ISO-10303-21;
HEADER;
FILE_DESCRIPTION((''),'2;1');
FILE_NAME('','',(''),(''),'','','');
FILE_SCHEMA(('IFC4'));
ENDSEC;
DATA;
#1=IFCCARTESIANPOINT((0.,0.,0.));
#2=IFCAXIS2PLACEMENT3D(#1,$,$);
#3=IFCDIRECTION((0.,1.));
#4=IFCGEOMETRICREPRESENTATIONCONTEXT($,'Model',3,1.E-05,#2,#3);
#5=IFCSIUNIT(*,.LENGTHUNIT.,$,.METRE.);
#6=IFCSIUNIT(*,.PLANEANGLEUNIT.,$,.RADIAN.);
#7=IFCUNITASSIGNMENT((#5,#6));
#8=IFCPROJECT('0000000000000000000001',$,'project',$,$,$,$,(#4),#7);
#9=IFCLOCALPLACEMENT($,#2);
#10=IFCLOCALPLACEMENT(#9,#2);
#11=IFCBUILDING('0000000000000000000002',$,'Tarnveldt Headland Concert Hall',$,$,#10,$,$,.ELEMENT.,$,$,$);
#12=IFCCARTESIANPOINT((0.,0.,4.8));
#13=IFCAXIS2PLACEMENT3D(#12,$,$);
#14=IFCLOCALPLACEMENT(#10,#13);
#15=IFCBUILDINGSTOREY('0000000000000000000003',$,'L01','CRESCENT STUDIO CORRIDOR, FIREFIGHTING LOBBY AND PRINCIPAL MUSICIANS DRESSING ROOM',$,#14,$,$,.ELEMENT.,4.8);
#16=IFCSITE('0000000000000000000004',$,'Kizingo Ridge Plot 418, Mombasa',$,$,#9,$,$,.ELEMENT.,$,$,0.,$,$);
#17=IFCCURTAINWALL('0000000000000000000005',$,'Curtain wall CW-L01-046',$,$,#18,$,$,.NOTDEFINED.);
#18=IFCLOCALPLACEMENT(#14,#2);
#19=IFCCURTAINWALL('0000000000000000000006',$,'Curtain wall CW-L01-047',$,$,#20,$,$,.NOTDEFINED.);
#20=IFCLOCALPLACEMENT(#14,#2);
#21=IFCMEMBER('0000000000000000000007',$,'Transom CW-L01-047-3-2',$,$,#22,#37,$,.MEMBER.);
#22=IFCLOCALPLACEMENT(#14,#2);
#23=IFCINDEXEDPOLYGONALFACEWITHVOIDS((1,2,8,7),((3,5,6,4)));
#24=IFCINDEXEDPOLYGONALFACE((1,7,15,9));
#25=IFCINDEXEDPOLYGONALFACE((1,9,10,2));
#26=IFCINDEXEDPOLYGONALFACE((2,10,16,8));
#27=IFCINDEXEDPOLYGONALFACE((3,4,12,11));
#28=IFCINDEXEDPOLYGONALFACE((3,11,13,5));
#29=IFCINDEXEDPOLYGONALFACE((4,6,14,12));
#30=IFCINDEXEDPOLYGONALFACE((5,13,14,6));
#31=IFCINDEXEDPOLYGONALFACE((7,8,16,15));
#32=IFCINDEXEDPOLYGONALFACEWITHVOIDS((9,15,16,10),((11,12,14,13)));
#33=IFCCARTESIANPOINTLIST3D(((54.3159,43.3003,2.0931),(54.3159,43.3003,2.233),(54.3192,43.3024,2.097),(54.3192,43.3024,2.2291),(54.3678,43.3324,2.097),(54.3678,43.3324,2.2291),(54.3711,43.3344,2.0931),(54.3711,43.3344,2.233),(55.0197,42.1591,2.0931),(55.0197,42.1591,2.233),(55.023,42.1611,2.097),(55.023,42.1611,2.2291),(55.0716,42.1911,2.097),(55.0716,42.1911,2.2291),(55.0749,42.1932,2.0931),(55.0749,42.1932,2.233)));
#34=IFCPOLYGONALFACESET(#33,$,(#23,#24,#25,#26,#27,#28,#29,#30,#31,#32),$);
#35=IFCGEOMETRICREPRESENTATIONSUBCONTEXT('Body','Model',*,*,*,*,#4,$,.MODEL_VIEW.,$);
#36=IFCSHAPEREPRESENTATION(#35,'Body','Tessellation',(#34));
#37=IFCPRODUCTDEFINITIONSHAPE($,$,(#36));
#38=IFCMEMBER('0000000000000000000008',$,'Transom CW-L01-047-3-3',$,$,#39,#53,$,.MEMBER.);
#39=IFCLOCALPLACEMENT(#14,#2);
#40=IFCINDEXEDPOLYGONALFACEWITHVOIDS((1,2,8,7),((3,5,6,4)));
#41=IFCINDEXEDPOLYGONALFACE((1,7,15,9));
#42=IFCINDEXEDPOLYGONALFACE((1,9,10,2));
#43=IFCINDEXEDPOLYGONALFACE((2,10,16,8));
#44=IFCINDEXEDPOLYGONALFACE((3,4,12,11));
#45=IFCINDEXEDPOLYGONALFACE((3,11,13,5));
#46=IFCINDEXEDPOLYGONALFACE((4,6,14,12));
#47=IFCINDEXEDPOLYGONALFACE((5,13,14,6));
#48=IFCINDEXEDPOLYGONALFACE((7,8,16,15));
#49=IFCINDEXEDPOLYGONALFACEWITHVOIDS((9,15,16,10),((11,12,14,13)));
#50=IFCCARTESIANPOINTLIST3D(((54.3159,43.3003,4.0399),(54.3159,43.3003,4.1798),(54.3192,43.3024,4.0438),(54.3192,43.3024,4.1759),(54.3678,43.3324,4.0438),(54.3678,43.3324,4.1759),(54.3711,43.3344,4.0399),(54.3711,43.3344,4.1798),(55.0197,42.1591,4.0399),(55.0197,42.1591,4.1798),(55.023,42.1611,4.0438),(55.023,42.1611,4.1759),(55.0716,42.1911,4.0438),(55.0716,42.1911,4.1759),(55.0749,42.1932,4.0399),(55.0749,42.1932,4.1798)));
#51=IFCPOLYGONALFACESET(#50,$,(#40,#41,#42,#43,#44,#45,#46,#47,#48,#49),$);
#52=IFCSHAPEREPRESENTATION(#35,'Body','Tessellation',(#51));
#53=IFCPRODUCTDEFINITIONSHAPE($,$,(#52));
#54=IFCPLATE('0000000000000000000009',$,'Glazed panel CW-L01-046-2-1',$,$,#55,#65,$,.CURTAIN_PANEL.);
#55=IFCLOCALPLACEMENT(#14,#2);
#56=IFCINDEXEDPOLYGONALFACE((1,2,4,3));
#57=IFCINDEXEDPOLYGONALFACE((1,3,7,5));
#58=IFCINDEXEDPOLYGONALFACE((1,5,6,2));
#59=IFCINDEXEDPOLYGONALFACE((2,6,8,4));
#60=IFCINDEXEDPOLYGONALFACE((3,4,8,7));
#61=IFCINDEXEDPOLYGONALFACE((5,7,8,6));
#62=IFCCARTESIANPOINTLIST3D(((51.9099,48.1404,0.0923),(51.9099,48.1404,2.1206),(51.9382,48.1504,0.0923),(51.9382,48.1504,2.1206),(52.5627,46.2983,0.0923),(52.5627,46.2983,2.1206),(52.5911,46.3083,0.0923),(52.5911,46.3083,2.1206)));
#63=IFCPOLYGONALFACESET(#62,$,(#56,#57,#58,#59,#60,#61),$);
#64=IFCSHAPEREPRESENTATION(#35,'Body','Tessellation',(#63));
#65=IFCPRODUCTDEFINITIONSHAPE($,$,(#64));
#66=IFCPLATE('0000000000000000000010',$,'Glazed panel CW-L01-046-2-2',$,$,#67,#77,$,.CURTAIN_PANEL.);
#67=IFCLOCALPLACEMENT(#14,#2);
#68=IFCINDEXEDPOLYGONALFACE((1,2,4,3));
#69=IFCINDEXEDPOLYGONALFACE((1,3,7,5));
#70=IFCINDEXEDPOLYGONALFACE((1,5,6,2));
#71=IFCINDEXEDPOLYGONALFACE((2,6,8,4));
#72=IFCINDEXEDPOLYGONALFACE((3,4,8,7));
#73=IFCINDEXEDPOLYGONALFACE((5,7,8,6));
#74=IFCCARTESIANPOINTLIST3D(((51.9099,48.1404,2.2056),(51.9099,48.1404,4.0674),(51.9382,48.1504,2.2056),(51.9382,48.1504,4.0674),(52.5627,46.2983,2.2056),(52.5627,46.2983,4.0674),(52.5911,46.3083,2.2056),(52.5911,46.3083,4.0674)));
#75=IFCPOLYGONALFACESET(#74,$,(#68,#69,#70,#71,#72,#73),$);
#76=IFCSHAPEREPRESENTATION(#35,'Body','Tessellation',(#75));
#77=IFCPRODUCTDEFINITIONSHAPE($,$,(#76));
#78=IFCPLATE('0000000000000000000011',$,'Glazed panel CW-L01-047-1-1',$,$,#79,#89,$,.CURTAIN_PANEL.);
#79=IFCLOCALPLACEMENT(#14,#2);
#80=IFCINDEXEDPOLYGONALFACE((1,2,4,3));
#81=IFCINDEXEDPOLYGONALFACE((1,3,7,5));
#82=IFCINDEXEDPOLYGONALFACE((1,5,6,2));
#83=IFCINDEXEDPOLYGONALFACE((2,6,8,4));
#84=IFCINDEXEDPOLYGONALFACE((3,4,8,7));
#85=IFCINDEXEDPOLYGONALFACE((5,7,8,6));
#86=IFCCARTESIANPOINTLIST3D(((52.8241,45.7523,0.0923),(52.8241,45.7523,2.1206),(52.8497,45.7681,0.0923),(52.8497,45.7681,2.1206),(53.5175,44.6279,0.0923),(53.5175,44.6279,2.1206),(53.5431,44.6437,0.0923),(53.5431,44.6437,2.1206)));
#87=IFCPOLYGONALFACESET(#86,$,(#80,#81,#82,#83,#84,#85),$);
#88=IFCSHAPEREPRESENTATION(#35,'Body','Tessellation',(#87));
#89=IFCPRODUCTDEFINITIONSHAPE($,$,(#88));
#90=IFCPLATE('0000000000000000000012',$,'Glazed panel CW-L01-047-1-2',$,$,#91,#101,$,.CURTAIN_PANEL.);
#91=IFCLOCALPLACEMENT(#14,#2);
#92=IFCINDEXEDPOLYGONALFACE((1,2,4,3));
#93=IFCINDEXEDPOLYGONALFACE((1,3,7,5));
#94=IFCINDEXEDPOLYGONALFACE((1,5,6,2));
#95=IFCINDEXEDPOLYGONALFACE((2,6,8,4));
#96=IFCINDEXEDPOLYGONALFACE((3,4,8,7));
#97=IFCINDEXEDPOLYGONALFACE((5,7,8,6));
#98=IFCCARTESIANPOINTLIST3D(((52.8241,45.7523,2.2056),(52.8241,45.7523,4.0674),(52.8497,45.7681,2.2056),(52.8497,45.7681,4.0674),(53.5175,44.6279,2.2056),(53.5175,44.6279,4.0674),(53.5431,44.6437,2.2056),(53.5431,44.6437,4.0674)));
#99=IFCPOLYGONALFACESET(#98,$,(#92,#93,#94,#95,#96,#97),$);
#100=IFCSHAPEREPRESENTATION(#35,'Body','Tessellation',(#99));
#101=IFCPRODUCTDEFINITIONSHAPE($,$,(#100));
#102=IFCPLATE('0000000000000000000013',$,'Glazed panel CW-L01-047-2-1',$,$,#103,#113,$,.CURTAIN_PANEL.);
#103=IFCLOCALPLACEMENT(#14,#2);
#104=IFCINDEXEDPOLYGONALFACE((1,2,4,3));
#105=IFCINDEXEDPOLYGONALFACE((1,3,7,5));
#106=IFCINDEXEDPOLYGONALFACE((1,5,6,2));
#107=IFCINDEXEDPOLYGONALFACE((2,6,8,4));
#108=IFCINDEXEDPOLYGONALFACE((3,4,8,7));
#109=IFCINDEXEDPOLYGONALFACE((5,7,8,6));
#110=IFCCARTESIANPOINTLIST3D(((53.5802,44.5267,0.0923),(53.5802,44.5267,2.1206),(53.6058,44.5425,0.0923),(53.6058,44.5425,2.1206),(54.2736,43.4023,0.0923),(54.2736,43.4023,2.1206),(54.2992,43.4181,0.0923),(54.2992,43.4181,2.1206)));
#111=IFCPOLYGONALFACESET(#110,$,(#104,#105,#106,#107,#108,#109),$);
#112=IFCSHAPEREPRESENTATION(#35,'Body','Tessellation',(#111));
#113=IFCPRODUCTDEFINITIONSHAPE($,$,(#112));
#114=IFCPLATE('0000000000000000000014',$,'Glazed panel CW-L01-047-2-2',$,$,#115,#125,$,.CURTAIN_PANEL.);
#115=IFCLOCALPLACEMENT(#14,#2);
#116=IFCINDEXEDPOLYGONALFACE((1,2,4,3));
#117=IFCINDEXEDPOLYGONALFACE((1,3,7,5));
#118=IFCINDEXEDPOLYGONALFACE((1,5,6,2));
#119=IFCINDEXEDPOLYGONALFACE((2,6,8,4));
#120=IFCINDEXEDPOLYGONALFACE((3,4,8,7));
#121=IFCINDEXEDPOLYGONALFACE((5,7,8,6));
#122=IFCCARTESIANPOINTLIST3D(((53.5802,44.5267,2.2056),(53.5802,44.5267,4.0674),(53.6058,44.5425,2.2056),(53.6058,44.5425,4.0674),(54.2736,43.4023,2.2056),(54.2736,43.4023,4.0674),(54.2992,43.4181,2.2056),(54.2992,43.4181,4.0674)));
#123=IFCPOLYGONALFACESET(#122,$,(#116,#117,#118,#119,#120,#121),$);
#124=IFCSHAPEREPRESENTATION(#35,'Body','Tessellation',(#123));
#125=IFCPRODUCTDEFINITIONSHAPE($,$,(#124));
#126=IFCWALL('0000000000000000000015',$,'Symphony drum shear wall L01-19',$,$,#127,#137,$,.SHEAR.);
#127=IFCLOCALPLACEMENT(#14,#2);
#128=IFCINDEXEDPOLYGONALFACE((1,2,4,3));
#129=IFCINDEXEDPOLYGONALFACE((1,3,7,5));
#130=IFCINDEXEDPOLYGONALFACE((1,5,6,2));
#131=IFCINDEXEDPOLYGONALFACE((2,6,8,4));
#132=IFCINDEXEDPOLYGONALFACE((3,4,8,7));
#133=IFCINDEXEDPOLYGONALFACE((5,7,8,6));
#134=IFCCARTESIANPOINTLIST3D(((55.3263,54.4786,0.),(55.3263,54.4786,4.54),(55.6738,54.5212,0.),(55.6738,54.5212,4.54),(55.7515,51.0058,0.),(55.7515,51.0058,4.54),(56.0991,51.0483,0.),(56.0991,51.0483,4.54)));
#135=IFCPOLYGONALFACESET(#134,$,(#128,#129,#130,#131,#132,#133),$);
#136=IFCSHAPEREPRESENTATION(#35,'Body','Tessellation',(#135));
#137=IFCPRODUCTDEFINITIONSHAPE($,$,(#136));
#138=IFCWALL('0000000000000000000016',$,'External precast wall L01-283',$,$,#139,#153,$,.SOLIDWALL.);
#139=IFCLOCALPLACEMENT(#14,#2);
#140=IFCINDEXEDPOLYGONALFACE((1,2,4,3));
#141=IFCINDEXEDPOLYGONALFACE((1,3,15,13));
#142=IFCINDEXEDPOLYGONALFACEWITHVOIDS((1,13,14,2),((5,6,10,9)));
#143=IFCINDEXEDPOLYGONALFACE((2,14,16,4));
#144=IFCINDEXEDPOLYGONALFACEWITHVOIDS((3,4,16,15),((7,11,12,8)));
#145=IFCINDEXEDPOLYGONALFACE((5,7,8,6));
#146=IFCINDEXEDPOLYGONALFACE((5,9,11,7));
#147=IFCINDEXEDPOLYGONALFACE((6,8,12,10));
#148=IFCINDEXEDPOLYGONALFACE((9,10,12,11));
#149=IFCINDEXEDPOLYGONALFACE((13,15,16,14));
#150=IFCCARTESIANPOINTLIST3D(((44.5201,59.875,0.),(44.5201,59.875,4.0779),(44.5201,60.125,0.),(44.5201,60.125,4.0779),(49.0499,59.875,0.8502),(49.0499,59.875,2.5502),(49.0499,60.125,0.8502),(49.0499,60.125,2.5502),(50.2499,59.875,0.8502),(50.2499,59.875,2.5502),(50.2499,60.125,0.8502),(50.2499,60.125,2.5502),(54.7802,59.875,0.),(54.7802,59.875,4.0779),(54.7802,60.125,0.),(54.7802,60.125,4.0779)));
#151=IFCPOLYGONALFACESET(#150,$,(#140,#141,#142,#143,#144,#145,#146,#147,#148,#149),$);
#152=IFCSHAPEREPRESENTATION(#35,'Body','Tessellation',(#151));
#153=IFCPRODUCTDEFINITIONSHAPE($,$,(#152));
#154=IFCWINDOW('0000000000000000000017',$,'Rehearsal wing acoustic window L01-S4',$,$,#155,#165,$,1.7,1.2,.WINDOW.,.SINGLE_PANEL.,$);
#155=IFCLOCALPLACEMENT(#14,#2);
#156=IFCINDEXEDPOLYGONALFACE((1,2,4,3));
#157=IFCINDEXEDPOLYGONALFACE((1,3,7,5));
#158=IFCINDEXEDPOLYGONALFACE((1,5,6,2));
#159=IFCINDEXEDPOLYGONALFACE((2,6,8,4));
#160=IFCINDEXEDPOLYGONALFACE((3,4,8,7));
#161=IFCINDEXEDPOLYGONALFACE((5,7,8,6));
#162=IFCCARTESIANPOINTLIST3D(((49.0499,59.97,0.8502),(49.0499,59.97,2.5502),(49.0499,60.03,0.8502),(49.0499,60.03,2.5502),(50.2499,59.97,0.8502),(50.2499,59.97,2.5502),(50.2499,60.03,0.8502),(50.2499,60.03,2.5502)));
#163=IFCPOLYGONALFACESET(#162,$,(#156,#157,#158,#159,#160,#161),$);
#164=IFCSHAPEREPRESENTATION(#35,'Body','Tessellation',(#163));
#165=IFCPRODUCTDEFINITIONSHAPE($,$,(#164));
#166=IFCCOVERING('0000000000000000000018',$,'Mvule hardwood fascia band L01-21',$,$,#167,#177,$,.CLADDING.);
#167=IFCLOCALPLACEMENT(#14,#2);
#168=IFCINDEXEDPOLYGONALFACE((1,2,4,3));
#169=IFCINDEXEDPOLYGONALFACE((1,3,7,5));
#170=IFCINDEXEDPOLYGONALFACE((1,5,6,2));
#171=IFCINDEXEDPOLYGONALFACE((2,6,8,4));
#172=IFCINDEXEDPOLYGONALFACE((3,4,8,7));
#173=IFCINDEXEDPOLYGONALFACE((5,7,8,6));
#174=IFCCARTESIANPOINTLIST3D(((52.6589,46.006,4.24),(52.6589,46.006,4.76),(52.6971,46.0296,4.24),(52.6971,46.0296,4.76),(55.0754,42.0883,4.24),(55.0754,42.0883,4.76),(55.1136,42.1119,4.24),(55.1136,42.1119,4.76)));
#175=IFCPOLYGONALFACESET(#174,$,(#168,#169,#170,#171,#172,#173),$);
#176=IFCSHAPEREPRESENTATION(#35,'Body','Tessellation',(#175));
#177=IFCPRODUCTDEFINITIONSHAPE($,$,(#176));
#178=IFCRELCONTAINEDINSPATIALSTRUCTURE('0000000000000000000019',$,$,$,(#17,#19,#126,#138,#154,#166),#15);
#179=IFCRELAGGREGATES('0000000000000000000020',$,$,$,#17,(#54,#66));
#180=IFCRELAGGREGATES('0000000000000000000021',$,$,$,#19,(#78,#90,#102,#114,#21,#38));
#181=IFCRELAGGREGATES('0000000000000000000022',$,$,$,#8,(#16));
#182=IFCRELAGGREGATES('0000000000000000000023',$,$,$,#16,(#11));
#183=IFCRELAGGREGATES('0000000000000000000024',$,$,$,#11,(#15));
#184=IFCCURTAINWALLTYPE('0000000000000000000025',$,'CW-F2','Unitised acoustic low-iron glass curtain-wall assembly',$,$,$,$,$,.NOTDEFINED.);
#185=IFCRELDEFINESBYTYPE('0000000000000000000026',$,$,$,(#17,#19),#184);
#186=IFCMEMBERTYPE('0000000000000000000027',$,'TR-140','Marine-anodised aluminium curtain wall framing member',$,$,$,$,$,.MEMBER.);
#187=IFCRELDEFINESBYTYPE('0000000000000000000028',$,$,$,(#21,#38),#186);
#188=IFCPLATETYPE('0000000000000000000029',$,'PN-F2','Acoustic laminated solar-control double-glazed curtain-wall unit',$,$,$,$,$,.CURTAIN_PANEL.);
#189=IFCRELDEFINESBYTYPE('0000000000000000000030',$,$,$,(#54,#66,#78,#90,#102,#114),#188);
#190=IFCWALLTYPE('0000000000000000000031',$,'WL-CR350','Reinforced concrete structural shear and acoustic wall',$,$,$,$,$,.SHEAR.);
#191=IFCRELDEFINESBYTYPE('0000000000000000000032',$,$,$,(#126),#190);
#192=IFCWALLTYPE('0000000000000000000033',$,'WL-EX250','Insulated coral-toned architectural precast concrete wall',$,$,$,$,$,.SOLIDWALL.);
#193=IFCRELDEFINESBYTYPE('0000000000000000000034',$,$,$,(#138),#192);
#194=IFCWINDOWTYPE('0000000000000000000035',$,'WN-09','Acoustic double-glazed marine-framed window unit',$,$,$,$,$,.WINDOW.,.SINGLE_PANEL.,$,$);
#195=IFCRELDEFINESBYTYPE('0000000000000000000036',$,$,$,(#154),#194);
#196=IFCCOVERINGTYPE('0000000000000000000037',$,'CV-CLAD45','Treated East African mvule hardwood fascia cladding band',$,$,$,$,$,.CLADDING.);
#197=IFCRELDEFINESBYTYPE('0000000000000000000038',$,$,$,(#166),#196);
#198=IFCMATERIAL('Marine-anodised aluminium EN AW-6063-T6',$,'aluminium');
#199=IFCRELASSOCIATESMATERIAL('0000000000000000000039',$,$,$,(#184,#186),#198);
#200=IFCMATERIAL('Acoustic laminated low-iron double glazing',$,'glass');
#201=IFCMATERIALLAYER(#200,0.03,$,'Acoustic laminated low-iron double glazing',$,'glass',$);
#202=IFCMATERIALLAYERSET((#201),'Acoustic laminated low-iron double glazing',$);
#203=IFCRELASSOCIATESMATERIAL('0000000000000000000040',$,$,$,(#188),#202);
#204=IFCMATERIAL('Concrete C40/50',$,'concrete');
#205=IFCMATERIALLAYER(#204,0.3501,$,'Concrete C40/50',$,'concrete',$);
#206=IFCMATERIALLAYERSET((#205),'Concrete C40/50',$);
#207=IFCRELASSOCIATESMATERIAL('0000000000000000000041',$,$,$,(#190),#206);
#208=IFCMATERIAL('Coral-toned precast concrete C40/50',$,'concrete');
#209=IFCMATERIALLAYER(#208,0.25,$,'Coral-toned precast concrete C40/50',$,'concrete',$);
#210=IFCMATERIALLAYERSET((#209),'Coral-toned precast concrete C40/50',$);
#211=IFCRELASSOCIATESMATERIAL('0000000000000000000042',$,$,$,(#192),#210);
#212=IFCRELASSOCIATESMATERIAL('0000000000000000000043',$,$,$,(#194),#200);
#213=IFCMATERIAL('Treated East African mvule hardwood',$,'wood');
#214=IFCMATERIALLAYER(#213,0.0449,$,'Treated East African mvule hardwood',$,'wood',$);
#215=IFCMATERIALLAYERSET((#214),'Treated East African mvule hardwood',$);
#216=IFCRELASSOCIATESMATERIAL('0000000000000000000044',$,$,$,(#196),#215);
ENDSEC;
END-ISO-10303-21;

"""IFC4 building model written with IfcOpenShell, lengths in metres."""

from ifc_helpers import new_model, si_unit, direction, frame, frame_2d, origin, origin_2d, place, context, subcontext, project, spatial, rectangle, hollow_rectangle, extrude, material, layer, layer_set, material_profile, profile_set, type_object, element, fill, aggregate, save


model = new_model("IFC4")

# Units and contexts
model_context = context("Model", 3, precision=1e-05, world=origin(), true_north=direction((0.0, 1.0)))
body_context = subcontext(model_context, "Body", "Model", "MODEL_VIEW")
ifc_project = project(units=[si_unit("LENGTHUNIT", "METRE"), si_unit("PLANEANGLEUNIT", "RADIAN")], contexts=[model_context])

# Site, building, storey
site_placement = place(None, origin())
site = spatial("IfcSite", under=ifc_project, at=site_placement, Name="Kizingo Ridge Plot 418, Mombasa", CompositionType="ELEMENT", RefElevation=0.0)
building_placement = place(site_placement, origin())
building = spatial("IfcBuilding", under=site, at=building_placement, Name="Tarnveldt Headland Concert Hall", CompositionType="ELEMENT")
storey_placement = place(building_placement, frame((0.0, 0.0, 4.8)))
storey = spatial("IfcBuildingStorey", under=building, at=storey_placement, Name="L01", Description="CRESCENT STUDIO CORRIDOR, FIREFIGHTING LOBBY AND PRINCIPAL MUSICIANS DRESSING ROOM", CompositionType="ELEMENT", Elevation=4.8)

# Shared definitions
ifc_material_1 = material(Name="Concrete C40/50", Category="concrete")

# Curtain walls
ifc_material_2 = material(Name="Marine-anodised aluminium EN AW-6063-T6", Category="aluminium")
curtain_wall_type = type_object("IfcCurtainWallType", Name="CW-F2", Description="Unitised acoustic low-iron glass curtain-wall assembly", PredefinedType="NOTDEFINED", material=ifc_material_2)
curtain_wall_1_placement = place(storey_placement, origin())
curtain_wall_1 = element("IfcCurtainWall", 1, at=curtain_wall_1_placement, inside=storey, type_object=curtain_wall_type, Name="Curtain wall CW-L01-046", PredefinedType="NOTDEFINED")
curtain_wall_2_placement = place(storey_placement, origin())
curtain_wall_2 = element("IfcCurtainWall", 2, at=curtain_wall_2_placement, inside=storey, type_object=curtain_wall_type, Name="Curtain wall CW-L01-047", PredefinedType="NOTDEFINED")

# Shared definitions
ifc_material_profile_1 = material_profile(ifc_material_2, hollow_rectangle(XDim=0.0649, YDim=0.1399, WallThickness=0.0039, at=origin_2d()), Name="ALU TRANSOM 65x140x4", Category="aluminium")
ifc_profile_set_1 = profile_set([ifc_material_profile_1], Name="Marine-anodised aluminium EN AW-6063-T6")
member_type_1 = type_object("IfcMemberType", Name="TR-140", Description="Marine-anodised aluminium curtain wall framing member", PredefinedType="MEMBER", material=ifc_profile_set_1)

# Members
member_1_placement = place(storey_placement, frame((54.3435, 43.3174, 2.1631), z_axis=(0.5249, -0.851164, 0.0), x_axis=(0.851164, 0.5249, 0.0)))
member_1 = element("IfcMember", 3, at=member_1_placement, type_object=member_type_1, Name="Transom CW-L01-047-3-2", PredefinedType="MEMBER", context=body_context, shape_type="SweptSolid", body=[
    extrude(hollow_rectangle(XDim=0.0649, YDim=0.1399, WallThickness=0.0039, at=origin_2d()), origin(), (0.0, 0.0, 1.0), 1.3408),
])
member_2_placement = place(storey_placement, frame((54.3435, 43.3174, 4.1099), z_axis=(0.5249, -0.851164, 0.0), x_axis=(0.851164, 0.5249, 0.0)))
member_2 = element("IfcMember", 4, at=member_2_placement, type_object=member_type_1, Name="Transom CW-L01-047-3-3", PredefinedType="MEMBER", context=body_context, shape_type="SweptSolid", body=[
    extrude(hollow_rectangle(XDim=0.0649, YDim=0.1399, WallThickness=0.0039, at=origin_2d()), origin(), (0.0, 0.0, 1.0), 1.3408),
])

# Plates
ifc_material_3 = material(Name="Acoustic laminated low-iron double glazing", Category="glass")
ifc_layer_1 = layer(ifc_material_3, 0.03, Name="Acoustic laminated low-iron double glazing", Category="glass")
ifc_layer_set_1 = layer_set([ifc_layer_1], Name="Acoustic laminated low-iron double glazing")
plate_type = type_object("IfcPlateType", Name="PN-F2", Description="Acoustic laminated solar-control double-glazed curtain-wall unit", PredefinedType="CURTAIN_PANEL", material=ifc_layer_set_1)
plate_1_placement = place(storey_placement, frame((52.2505, 47.2244, 0.0923), z_axis=(0.0, 0.0, 1.0), x_axis=(0.334037, -0.94256, 0.0)))
plate_1 = element("IfcPlate", 5, at=plate_1_placement, type_object=plate_type, Name="Glazed panel CW-L01-046-2-1", PredefinedType="CURTAIN_PANEL", context=body_context, shape_type="SweptSolid", body=[
    extrude(rectangle(XDim=1.9543, YDim=0.03, at=origin_2d()), origin(), (0.0, 0.0, 1.0), 2.0283),
])
plate_2_placement = place(storey_placement, frame((52.2505, 47.2244, 2.2056), z_axis=(0.0, 0.0, 1.0), x_axis=(0.334037, -0.94256, 0.0)))
plate_2 = element("IfcPlate", 6, at=plate_2_placement, type_object=plate_type, Name="Glazed panel CW-L01-046-2-2", PredefinedType="CURTAIN_PANEL", context=body_context, shape_type="SweptSolid", body=[
    extrude(rectangle(XDim=1.9543, YDim=0.03, at=origin_2d()), origin(), (0.0, 0.0, 1.0), 1.8618),
])
aggregate(curtain_wall_1, [plate_1, plate_2])
plate_3_placement = place(storey_placement, frame((53.1836, 45.198, 0.0923), z_axis=(0.0, 0.0, 1.0), x_axis=(0.524922, -0.85115, 0.0)))
plate_3 = element("IfcPlate", 7, at=plate_3_placement, type_object=plate_type, Name="Glazed panel CW-L01-047-1-1", PredefinedType="CURTAIN_PANEL", context=body_context, shape_type="SweptSolid", body=[
    extrude(rectangle(XDim=1.321, YDim=0.03, at=origin_2d()), origin(), (0.0, 0.0, 1.0), 2.0283),
])
plate_4_placement = place(storey_placement, frame((53.1836, 45.198, 2.2056), z_axis=(0.0, 0.0, 1.0), x_axis=(0.524922, -0.85115, 0.0)))
plate_4 = element("IfcPlate", 8, at=plate_4_placement, type_object=plate_type, Name="Glazed panel CW-L01-047-1-2", PredefinedType="CURTAIN_PANEL", context=body_context, shape_type="SweptSolid", body=[
    extrude(rectangle(XDim=1.321, YDim=0.03, at=origin_2d()), origin(), (0.0, 0.0, 1.0), 1.8618),
])
plate_5_placement = place(storey_placement, frame((53.9397, 43.9724, 0.0923), z_axis=(0.0, 0.0, 1.0), x_axis=(0.524922, -0.85115, 0.0)))
plate_5 = element("IfcPlate", 9, at=plate_5_placement, type_object=plate_type, Name="Glazed panel CW-L01-047-2-1", PredefinedType="CURTAIN_PANEL", context=body_context, shape_type="SweptSolid", body=[
    extrude(rectangle(XDim=1.321, YDim=0.03, at=origin_2d()), origin(), (0.0, 0.0, 1.0), 2.0283),
])
plate_6_placement = place(storey_placement, frame((53.9397, 43.9724, 2.2056), z_axis=(0.0, 0.0, 1.0), x_axis=(0.524922, -0.85115, 0.0)))
plate_6 = element("IfcPlate", 10, at=plate_6_placement, type_object=plate_type, Name="Glazed panel CW-L01-047-2-2", PredefinedType="CURTAIN_PANEL", context=body_context, shape_type="SweptSolid", body=[
    extrude(rectangle(XDim=1.321, YDim=0.03, at=origin_2d()), origin(), (0.0, 0.0, 1.0), 1.8618),
])
aggregate(curtain_wall_2, [plate_3, plate_4, plate_5, plate_6, member_1, member_2])

# Wall
ifc_layer_2 = layer(ifc_material_1, 0.3501, Name="Concrete C40/50", Category="concrete")
ifc_layer_set_2 = layer_set([ifc_layer_2], Name="Concrete C40/50")
wall_type_1 = type_object("IfcWallType", Name="WL-CR350", Description="Reinforced concrete structural shear and acoustic wall", PredefinedType="SHEAR", material=ifc_layer_set_2)
wall_1_placement = place(storey_placement, frame((55.5, 54.5, 0.0), z_axis=(0.0, 0.0, 1.0), x_axis=(0.121552, -0.992585, 0.0)))
element("IfcWall", 11, at=wall_1_placement, inside=storey, type_object=wall_type_1, Name="Symphony drum shear wall L01-19", PredefinedType="SHEAR", context=body_context, shape_type="SweptSolid", body=[
    extrude(rectangle(XDim=3.4988, YDim=0.3501, at=frame_2d((1.7495, 0.0))), origin(), (0.0, 0.0, 1.0), 4.54),
])

# Wall, opening, window
ifc_material_4 = material(Name="Coral-toned precast concrete C40/50", Category="concrete")
ifc_layer_3 = layer(ifc_material_4, 0.25, Name="Coral-toned precast concrete C40/50", Category="concrete")
ifc_layer_set_3 = layer_set([ifc_layer_3], Name="Coral-toned precast concrete C40/50")
wall_type_2 = type_object("IfcWallType", Name="WL-EX250", Description="Insulated coral-toned architectural precast concrete wall", PredefinedType="SOLIDWALL", material=ifc_layer_set_3)
wall_2_placement = place(storey_placement, frame((54.78, 60.0, 0.0), z_axis=(0.0, 0.0, 1.0), x_axis=(-1.0, 0.0, 0.0)))
wall_2 = element("IfcWall", 12, at=wall_2_placement, inside=storey, type_object=wall_type_2, Name="External precast wall L01-283", PredefinedType="SOLIDWALL", context=body_context, shape_type="SweptSolid", body=[
    extrude(rectangle(XDim=10.26, YDim=0.25, at=frame_2d((5.1299, 0.0))), origin(), (0.0, 0.0, 1.0), 4.0779),
])
opening_placement = place(wall_2_placement, frame((4.53, 0.0, 0.8501)))
opening = element("IfcOpeningElement", 13, at=opening_placement, cuts=wall_2, PredefinedType="OPENING", context=body_context, shape_type="SweptSolid", body=[
    extrude(rectangle(XDim=1.2, YDim=1.7, at=frame_2d((0.6001, 0.8501))), frame((0.0, 0.135, 0.0), z_axis=(0.0, -1.0, 0.0), x_axis=(1.0, 0.0, 0.0)), (0.0, 0.0, 1.0), 0.27),
])
window_type = type_object("IfcWindowType", Name="WN-09", Description="Acoustic double-glazed marine-framed window unit", PartitioningType="SINGLE_PANEL", PredefinedType="WINDOW", material=ifc_material_3)
window_placement = place(opening_placement, origin())
window = element("IfcWindow", 14, at=window_placement, inside=storey, type_object=window_type, Name="Rehearsal wing acoustic window L01-S4", OverallHeight=1.7, OverallWidth=1.2, PartitioningType="SINGLE_PANEL", PredefinedType="WINDOW", context=body_context, shape_type="SweptSolid", body=[
    extrude(rectangle(XDim=1.2, YDim=1.7, at=frame_2d((0.6001, 0.8501))), frame((0.0, 0.03, 0.0), z_axis=(0.0, -1.0, 0.0), x_axis=(1.0, 0.0, 0.0)), (0.0, 0.0, 1.0), 0.0601),
])
fill(opening, window)

# Covering
ifc_material_5 = material(Name="Treated East African mvule hardwood", Category="wood")
ifc_layer_4 = layer(ifc_material_5, 0.0449, Name="Treated East African mvule hardwood", Category="wood")
ifc_layer_set_4 = layer_set([ifc_layer_4], Name="Treated East African mvule hardwood")
covering_type_1 = type_object("IfcCoveringType", Name="CV-CLAD45", Description="Treated East African mvule hardwood fascia cladding band", PredefinedType="CLADDING", material=ifc_layer_set_4)
covering_1_placement = place(storey_placement, frame((52.678, 46.0178, 4.24), z_axis=(0.0, 0.0, 1.0), x_axis=(0.524979, -0.851115, 0.0)))
element("IfcCovering", 15, at=covering_1_placement, inside=storey, type_object=covering_type_1, Name="Mvule hardwood fascia band L01-21", PredefinedType="CLADDING", context=body_context, shape_type="SweptSolid", body=[
    extrude(rectangle(XDim=4.603, YDim=0.0449, at=frame_2d((2.3015, 0.0))), origin(), (0.0, 0.0, 1.0), 0.52),
])

save(model, "model.ifc")
